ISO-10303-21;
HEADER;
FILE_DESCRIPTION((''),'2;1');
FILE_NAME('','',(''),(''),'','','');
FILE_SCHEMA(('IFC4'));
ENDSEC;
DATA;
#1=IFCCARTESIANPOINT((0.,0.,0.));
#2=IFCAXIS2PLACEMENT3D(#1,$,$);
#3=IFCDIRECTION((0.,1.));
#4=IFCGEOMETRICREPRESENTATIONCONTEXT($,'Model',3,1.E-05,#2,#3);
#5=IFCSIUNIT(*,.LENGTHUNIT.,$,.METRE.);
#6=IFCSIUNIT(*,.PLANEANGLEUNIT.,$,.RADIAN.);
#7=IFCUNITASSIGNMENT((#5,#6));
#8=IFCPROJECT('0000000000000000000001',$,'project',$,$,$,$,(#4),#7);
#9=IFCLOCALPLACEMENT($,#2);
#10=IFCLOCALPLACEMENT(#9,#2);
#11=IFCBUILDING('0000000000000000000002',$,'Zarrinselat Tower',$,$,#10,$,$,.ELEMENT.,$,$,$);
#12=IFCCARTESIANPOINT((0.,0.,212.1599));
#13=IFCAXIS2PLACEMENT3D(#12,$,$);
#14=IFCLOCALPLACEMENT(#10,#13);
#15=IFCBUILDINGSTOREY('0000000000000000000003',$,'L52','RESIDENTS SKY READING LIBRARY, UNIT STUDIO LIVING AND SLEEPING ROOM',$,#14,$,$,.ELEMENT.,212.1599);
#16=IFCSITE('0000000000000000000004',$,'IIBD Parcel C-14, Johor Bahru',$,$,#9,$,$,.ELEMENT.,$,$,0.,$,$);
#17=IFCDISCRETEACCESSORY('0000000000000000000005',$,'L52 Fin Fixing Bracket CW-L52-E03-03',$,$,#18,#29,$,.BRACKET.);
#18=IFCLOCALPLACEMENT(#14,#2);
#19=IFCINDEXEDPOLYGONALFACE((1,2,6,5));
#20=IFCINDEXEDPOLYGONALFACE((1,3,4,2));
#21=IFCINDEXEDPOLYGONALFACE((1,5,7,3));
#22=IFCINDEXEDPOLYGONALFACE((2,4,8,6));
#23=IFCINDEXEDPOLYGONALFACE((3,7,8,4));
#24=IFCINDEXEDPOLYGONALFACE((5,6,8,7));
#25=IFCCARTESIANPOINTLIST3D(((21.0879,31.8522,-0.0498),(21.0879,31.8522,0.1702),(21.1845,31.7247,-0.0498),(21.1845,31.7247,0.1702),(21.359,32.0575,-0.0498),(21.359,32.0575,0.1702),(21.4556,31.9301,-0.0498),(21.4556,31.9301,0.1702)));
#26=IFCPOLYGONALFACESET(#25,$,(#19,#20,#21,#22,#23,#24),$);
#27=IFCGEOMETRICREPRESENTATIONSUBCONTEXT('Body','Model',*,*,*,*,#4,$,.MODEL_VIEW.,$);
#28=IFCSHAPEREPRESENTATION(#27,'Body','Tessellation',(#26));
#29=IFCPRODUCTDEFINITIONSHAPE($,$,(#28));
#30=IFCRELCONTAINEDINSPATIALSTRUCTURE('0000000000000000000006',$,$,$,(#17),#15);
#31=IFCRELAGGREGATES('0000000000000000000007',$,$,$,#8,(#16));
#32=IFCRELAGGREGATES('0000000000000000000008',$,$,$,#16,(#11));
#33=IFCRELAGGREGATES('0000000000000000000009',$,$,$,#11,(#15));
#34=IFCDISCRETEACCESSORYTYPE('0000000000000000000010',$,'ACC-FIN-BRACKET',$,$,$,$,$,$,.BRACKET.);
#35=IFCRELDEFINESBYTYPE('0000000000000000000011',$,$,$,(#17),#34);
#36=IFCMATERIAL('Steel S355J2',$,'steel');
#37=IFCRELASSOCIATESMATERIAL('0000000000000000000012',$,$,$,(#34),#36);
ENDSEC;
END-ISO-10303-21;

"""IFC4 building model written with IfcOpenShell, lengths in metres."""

from ifc_helpers import new_model, si_unit, direction, frame, origin, origin_2d, place, context, subcontext, project, spatial, rectangle, extrude, material, type_object, element, save


model = new_model("IFC4")

# Units and contexts
model_context = context("Model", 3, precision=1e-05, world=origin(), true_north=direction((0.0, 1.0)))
body_context = subcontext(model_context, "Body", "Model", "MODEL_VIEW")
ifc_project = project(units=[si_unit("LENGTHUNIT", "METRE"), si_unit("PLANEANGLEUNIT", "RADIAN")], contexts=[model_context])

# Site, building, storey
site_placement = place(None, origin())
site = spatial("IfcSite", under=ifc_project, at=site_placement, Name="IIBD Parcel C-14, Johor Bahru", CompositionType="ELEMENT", RefElevation=0.0)
building_placement = place(site_placement, origin())
building = spatial("IfcBuilding", under=site, at=building_placement, Name="Zarrinselat Tower", CompositionType="ELEMENT")
storey_placement = place(building_placement, frame((0.0, 0.0, 212.1599)))
storey = spatial("IfcBuildingStorey", under=building, at=storey_placement, Name="L52", Description="RESIDENTS SKY READING LIBRARY, UNIT STUDIO LIVING AND SLEEPING ROOM", CompositionType="ELEMENT", Elevation=212.1599)

# Discrete accessory
ifc_material_1 = material(Name="Steel S355J2", Category="steel")
discrete_accessory_type = type_object("IfcDiscreteAccessoryType", Name="ACC-FIN-BRACKET", PredefinedType="BRACKET", material=ifc_material_1)
discrete_accessory_placement = place(storey_placement, frame((21.2717, 31.8911, -0.0498), z_axis=(0.0, 0.0, 1.0), x_axis=(-0.797091, -0.603859, 0.0)))
element("IfcDiscreteAccessory", 1, at=discrete_accessory_placement, inside=storey, type_object=discrete_accessory_type, Name="L52 Fin Fixing Bracket CW-L52-E03-03", PredefinedType="BRACKET", context=body_context, shape_type="SweptSolid", body=[
    extrude(rectangle(XDim=0.3401, YDim=0.1599, at=origin_2d()), origin(), (0.0, 0.0, 1.0), 0.22),
])

save(model, "model.ifc")
